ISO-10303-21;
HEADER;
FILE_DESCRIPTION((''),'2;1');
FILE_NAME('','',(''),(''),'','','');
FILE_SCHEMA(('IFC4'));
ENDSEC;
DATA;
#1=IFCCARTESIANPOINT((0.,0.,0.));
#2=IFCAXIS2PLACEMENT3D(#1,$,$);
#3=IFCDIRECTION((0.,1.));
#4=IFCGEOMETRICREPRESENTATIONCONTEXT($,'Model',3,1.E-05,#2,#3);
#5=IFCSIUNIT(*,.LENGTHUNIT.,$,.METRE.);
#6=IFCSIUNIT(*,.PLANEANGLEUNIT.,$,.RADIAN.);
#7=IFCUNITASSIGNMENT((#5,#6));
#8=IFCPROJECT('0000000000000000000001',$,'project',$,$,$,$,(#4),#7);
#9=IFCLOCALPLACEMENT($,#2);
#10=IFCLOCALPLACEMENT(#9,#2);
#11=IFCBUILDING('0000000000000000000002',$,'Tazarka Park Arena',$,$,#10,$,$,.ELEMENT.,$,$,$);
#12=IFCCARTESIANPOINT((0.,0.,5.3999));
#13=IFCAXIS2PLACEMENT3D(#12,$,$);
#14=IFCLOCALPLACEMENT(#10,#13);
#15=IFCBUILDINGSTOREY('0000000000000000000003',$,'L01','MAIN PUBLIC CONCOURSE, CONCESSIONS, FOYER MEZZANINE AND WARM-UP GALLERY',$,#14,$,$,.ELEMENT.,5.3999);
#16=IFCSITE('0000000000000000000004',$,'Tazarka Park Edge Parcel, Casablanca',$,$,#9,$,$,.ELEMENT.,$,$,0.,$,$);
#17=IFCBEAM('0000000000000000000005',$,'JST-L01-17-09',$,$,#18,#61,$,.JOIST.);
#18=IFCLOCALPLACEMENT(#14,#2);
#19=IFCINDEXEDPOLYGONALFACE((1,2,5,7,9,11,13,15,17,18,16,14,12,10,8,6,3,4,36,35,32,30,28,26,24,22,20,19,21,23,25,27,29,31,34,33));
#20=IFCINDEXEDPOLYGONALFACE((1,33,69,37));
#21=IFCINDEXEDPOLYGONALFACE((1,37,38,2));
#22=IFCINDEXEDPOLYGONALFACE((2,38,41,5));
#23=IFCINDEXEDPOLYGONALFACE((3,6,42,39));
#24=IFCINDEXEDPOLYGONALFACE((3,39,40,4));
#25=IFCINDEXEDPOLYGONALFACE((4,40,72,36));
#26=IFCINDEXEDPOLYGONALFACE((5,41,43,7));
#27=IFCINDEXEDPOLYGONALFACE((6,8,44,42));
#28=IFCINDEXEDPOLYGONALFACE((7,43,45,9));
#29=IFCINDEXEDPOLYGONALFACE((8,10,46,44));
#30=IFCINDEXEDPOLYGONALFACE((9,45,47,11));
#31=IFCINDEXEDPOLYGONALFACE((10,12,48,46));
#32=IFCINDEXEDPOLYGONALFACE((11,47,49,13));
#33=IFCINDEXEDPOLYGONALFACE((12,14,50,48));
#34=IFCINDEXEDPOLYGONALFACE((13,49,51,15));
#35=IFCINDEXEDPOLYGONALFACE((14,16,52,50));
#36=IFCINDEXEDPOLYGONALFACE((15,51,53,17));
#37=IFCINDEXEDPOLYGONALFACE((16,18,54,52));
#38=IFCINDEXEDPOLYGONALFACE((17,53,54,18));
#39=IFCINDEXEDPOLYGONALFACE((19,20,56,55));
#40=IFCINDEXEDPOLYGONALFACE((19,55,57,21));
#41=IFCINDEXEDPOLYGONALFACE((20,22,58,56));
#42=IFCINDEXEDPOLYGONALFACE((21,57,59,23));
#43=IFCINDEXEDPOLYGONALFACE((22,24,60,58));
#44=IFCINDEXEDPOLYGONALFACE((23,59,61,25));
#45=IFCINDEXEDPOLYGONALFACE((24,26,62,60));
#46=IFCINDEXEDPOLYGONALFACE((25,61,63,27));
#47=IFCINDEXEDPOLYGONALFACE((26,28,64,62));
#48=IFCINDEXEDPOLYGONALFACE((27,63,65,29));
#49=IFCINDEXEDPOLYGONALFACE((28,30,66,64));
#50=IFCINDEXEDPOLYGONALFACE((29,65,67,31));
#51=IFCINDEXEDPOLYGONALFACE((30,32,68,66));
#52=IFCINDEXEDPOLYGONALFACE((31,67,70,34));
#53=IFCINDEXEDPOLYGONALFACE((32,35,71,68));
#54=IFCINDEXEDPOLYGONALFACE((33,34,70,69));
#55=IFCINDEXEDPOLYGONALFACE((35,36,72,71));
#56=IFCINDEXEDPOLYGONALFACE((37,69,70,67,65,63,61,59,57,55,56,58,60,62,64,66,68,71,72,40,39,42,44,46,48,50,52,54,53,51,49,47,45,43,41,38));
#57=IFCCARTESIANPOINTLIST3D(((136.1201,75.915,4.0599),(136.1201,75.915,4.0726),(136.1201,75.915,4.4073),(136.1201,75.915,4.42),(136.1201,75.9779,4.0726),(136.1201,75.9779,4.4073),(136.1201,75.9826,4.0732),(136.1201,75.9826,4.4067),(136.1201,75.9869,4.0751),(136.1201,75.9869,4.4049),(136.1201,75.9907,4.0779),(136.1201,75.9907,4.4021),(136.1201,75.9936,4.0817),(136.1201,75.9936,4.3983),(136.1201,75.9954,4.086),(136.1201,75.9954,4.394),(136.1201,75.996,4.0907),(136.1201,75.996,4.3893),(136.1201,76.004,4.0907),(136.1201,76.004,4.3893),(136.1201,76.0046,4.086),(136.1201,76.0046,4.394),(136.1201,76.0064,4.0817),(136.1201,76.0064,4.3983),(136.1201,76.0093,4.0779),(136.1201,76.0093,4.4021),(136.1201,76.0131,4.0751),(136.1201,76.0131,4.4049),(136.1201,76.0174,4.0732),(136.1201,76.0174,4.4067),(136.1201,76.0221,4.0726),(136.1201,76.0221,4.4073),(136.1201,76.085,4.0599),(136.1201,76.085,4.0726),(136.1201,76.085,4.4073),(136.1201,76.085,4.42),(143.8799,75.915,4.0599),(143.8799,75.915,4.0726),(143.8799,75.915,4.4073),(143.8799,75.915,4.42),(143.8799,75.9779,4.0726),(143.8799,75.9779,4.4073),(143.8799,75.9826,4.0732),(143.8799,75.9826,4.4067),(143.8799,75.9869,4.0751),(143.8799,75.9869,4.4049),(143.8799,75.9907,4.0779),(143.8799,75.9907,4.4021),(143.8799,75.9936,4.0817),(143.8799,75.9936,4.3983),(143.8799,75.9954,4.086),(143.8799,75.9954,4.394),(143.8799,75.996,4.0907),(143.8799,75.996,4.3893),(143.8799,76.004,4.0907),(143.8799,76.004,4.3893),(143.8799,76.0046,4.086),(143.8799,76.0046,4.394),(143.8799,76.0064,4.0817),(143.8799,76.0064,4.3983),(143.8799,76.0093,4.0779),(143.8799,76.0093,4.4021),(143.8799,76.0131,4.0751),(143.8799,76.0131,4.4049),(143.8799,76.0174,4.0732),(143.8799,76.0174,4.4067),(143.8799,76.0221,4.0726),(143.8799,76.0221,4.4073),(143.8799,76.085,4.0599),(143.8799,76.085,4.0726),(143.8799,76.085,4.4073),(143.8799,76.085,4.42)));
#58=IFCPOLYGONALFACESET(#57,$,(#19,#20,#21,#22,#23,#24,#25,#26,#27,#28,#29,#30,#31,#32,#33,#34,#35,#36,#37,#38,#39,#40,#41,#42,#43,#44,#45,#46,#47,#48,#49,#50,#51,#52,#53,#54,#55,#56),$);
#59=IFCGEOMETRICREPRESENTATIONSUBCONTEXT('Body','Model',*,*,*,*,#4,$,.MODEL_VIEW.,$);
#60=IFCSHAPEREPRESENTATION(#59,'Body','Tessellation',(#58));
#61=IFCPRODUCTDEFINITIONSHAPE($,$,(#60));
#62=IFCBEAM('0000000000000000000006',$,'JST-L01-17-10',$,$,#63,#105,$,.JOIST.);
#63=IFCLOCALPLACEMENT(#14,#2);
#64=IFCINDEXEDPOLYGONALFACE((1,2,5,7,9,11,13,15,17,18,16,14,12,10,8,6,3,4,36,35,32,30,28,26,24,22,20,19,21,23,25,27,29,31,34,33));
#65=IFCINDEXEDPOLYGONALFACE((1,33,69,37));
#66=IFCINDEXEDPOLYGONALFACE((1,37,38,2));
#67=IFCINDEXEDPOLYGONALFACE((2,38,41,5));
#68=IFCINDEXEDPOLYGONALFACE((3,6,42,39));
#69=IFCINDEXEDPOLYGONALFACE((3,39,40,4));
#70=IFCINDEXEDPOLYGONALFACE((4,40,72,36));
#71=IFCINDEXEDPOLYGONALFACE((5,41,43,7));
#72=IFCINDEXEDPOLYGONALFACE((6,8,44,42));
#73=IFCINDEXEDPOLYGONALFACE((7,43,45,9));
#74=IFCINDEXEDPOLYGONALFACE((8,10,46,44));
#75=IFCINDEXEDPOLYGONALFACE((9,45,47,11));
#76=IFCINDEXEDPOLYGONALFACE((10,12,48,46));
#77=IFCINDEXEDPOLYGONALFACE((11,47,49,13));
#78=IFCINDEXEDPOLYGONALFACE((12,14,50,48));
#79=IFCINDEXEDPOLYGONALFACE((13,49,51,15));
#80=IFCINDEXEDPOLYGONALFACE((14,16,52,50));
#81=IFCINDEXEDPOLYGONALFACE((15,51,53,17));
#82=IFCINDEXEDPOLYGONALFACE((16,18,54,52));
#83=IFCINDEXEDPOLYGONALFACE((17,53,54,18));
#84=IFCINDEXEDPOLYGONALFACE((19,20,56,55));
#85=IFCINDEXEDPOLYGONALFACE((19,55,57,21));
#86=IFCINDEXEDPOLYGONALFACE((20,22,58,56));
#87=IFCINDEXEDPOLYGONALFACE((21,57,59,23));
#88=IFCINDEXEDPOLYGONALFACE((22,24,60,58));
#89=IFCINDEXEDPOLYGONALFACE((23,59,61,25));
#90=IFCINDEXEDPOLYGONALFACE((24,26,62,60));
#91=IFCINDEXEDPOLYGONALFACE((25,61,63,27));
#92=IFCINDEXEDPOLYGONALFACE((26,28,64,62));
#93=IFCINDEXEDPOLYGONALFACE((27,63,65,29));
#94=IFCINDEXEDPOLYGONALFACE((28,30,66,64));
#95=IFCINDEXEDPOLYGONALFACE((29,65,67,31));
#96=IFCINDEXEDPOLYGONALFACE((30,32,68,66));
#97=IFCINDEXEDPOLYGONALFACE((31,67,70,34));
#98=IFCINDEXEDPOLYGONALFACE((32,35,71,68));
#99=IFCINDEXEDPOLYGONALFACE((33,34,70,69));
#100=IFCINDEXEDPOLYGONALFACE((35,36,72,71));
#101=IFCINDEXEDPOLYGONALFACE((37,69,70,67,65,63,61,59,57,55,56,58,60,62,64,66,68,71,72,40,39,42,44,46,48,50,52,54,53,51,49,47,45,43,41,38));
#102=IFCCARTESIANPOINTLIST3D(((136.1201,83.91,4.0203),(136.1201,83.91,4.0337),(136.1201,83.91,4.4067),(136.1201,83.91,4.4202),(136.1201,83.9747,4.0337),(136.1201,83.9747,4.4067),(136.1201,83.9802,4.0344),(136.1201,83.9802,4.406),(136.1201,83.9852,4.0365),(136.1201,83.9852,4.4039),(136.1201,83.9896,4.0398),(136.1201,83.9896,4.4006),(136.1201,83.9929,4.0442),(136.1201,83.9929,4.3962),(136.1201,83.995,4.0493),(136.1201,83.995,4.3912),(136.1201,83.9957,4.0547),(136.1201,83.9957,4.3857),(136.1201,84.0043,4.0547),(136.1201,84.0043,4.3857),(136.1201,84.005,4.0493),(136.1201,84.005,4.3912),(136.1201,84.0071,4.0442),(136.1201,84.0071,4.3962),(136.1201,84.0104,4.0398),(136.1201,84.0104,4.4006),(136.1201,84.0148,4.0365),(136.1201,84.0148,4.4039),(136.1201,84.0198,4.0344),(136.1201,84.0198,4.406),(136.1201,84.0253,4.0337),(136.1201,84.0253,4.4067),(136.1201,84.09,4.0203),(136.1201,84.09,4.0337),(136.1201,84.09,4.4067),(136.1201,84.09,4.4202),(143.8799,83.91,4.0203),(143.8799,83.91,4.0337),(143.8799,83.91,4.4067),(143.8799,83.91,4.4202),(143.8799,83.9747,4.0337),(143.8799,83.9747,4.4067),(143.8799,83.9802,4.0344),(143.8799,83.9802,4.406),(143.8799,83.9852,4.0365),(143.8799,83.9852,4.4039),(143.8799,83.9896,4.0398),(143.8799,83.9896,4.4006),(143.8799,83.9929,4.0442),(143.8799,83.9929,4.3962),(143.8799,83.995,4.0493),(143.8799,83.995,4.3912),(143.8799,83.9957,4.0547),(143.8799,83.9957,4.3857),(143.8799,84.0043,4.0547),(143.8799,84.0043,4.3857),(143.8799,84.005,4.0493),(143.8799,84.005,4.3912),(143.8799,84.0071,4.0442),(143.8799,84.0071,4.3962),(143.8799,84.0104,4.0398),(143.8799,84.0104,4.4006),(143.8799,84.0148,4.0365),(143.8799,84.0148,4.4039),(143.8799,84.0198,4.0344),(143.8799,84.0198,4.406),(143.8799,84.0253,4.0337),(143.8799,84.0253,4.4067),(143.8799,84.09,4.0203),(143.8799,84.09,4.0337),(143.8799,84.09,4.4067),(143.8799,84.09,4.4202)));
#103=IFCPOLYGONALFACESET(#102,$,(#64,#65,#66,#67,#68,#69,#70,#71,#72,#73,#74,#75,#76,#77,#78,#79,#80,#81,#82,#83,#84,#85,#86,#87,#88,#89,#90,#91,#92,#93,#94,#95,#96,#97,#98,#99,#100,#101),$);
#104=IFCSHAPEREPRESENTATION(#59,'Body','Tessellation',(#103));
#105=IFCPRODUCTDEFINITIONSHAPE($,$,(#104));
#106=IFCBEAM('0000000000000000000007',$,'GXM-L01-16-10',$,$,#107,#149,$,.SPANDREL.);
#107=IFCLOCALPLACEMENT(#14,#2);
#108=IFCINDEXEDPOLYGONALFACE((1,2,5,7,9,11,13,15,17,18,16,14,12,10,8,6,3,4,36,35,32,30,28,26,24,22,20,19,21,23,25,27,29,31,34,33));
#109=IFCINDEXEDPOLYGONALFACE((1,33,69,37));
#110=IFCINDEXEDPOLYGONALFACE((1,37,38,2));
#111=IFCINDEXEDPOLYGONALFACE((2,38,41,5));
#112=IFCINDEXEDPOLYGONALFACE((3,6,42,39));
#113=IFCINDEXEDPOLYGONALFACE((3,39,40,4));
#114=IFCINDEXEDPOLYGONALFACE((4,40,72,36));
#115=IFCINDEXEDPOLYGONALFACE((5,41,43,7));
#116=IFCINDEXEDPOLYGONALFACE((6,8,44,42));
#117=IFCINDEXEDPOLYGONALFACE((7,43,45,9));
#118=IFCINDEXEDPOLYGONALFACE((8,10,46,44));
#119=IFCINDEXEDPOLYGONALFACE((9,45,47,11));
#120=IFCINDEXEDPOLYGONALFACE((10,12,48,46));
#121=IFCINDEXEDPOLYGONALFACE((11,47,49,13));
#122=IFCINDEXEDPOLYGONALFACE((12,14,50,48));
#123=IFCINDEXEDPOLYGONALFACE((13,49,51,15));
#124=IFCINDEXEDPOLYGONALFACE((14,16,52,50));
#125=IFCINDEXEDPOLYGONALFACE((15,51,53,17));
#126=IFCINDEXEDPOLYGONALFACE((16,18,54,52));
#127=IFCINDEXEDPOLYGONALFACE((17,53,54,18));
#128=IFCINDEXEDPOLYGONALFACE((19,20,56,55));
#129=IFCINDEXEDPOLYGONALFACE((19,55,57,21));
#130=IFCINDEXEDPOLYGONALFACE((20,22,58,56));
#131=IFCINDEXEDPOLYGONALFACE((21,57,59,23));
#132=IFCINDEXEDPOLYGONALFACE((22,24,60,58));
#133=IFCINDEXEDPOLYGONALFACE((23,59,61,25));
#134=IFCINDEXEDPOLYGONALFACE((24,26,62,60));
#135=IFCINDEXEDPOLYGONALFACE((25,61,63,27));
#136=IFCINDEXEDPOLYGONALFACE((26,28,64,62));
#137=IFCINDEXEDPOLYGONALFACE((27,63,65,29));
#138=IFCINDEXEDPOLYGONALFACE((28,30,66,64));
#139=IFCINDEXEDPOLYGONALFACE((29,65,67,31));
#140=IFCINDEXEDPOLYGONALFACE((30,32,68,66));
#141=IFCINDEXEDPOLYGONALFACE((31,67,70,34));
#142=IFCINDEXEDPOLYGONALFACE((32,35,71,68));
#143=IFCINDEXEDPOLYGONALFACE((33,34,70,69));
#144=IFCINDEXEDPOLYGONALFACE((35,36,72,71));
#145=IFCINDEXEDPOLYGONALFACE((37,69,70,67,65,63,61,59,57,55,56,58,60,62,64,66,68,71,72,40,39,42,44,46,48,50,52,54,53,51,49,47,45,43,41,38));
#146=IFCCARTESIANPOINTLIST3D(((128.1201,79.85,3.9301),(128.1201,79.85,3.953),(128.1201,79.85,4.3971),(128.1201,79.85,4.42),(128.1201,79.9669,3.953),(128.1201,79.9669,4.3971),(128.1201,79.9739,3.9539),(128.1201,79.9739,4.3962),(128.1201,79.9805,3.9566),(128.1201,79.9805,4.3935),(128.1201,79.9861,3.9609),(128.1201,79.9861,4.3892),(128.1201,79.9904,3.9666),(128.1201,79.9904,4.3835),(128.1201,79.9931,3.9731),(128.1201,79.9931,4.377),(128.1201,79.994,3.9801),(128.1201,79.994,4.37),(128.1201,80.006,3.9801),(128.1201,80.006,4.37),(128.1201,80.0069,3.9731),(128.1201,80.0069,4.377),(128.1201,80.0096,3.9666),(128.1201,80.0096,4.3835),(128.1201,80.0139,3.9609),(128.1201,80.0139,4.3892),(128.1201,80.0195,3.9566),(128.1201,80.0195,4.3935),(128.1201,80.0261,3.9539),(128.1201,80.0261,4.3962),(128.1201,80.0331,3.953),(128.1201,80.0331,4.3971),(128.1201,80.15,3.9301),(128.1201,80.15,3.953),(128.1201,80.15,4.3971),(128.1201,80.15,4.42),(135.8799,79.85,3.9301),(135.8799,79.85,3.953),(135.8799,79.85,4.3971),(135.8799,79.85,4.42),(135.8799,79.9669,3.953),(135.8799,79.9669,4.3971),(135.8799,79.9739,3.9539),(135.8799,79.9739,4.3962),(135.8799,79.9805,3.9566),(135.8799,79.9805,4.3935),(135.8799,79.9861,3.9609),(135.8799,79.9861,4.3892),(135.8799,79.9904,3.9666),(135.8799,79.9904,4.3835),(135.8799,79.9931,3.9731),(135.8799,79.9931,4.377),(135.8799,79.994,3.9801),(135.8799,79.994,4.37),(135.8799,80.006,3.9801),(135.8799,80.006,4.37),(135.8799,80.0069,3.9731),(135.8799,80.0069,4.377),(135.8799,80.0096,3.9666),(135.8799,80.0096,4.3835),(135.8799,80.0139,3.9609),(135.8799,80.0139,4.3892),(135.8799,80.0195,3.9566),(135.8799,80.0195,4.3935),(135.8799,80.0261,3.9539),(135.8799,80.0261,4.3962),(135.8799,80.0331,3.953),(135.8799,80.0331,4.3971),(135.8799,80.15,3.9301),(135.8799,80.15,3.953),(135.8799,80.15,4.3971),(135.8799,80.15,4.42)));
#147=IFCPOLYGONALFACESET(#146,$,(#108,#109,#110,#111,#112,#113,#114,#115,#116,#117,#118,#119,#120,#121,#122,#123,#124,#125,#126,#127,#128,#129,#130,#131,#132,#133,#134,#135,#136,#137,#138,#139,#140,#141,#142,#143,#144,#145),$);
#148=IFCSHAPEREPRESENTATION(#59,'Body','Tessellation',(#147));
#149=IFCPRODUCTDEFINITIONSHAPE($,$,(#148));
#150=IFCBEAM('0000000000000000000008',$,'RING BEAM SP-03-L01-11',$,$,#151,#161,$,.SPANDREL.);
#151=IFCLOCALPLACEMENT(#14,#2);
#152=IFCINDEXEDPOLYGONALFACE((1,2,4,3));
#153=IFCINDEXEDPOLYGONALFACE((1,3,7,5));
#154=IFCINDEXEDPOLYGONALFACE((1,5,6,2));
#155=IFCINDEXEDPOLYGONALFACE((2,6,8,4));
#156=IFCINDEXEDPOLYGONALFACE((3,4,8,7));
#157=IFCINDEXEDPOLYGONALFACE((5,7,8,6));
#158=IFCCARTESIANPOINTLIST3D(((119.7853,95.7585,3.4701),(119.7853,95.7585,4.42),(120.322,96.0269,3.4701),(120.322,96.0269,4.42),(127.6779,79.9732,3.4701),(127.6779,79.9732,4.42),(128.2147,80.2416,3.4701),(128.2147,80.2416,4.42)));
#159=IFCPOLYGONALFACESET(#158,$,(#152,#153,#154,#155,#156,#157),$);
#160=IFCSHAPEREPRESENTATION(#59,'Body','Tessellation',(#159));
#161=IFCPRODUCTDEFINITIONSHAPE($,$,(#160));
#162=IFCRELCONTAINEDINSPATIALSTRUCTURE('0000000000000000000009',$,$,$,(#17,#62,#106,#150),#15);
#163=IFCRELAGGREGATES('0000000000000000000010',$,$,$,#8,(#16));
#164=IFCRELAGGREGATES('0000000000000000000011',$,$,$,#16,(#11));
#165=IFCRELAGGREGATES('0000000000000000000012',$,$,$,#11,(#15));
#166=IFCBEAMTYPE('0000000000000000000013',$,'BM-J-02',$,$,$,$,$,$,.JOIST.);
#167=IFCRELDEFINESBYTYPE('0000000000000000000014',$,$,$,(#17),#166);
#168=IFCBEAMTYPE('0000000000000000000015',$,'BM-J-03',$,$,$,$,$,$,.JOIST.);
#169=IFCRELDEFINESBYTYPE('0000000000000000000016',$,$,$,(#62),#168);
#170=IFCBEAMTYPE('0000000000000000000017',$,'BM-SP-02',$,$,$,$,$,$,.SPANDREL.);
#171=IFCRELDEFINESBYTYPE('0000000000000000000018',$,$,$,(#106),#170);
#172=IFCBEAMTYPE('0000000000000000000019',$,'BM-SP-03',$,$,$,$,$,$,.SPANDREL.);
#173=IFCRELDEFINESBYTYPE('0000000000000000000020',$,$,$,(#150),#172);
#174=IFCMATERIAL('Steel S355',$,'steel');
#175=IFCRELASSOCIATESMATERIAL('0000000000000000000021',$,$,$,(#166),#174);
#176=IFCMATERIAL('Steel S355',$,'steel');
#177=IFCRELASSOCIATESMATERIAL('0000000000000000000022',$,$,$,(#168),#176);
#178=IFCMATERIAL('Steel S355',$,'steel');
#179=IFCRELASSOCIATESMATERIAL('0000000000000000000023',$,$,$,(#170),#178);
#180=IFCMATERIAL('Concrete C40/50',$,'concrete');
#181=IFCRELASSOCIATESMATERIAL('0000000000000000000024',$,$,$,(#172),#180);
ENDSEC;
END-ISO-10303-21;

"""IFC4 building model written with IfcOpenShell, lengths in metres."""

from ifc_helpers import new_model, si_unit, direction, frame, origin, origin_2d, place, context, subcontext, project, spatial, rectangle, i_section, extrude, material, material_profile, profile_set, type_object, element, save


model = new_model("IFC4")

# Units and contexts
model_context = context("Model", 3, precision=1e-05, world=origin(), true_north=direction((0.0, 1.0)))
body_context = subcontext(model_context, "Body", "Model", "MODEL_VIEW")
ifc_project = project(units=[si_unit("LENGTHUNIT", "METRE"), si_unit("PLANEANGLEUNIT", "RADIAN")], contexts=[model_context])

# Site, building, storey
site_placement = place(None, origin())
site = spatial("IfcSite", under=ifc_project, at=site_placement, Name="Tazarka Park Edge Parcel, Casablanca", CompositionType="ELEMENT", RefElevation=0.0)
building_placement = place(site_placement, origin())
building = spatial("IfcBuilding", under=site, at=building_placement, Name="Tazarka Park Arena", CompositionType="ELEMENT")
storey_placement = place(building_placement, frame((0.0, 0.0, 5.3999)))
storey = spatial("IfcBuildingStorey", under=building, at=storey_placement, Name="L01", Description="MAIN PUBLIC CONCOURSE, CONCESSIONS, FOYER MEZZANINE AND WARM-UP GALLERY", CompositionType="ELEMENT", Elevation=5.3999)

# Beams
ifc_material_1 = material(Name="Steel S355", Category="steel")
ifc_material_profile_1 = material_profile(ifc_material_1, i_section(OverallWidth=0.1699, OverallDepth=0.3601, WebThickness=0.0081, FlangeThickness=0.0127, FilletRadius=0.0181, at=origin_2d()), Name="Steel S355")
ifc_profile_set_1 = profile_set([ifc_material_profile_1], Name="Steel S355")
beam_type_1 = type_object("IfcBeamType", Name="BM-J-02", PredefinedType="JOIST", material=ifc_profile_set_1)
beam_1_placement = place(storey_placement, frame((136.1201, 76.0, 4.24), z_axis=(1.0, 0.0, 0.0), x_axis=(0.0, 1.0, 0.0)))
element("IfcBeam", 1, at=beam_1_placement, inside=storey, type_object=beam_type_1, Name="JST-L01-17-09", PredefinedType="JOIST", context=body_context, shape_type="SweptSolid", body=[
    extrude(i_section(OverallWidth=0.1699, OverallDepth=0.3601, WebThickness=0.0081, FlangeThickness=0.0127, FilletRadius=0.0181, at=origin_2d()), origin(), (0.0, 0.0, 1.0), 7.7598),
])
ifc_material_2 = material(Name="Steel S355", Category="steel")
ifc_material_profile_2 = material_profile(ifc_material_2, i_section(OverallWidth=0.1799, OverallDepth=0.3999, WebThickness=0.0085, FlangeThickness=0.0134, FilletRadius=0.021, at=origin_2d()), Name="Steel S355")
ifc_profile_set_2 = profile_set([ifc_material_profile_2], Name="Steel S355")
beam_type_2 = type_object("IfcBeamType", Name="BM-J-03", PredefinedType="JOIST", material=ifc_profile_set_2)
beam_2_placement = place(storey_placement, frame((136.1201, 84.0, 4.2202), z_axis=(1.0, 0.0, 0.0), x_axis=(0.0, 1.0, 0.0)))
element("IfcBeam", 2, at=beam_2_placement, inside=storey, type_object=beam_type_2, Name="JST-L01-17-10", PredefinedType="JOIST", context=body_context, shape_type="SweptSolid", body=[
    extrude(i_section(OverallWidth=0.1799, OverallDepth=0.3999, WebThickness=0.0085, FlangeThickness=0.0134, FilletRadius=0.021, at=origin_2d()), origin(), (0.0, 0.0, 1.0), 7.7598),
])
ifc_material_3 = material(Name="Steel S355", Category="steel")
ifc_material_profile_3 = material_profile(ifc_material_3, i_section(OverallWidth=0.3, OverallDepth=0.49, WebThickness=0.012, FlangeThickness=0.0229, FilletRadius=0.0271, at=origin_2d()), Name="Steel S355")
ifc_profile_set_3 = profile_set([ifc_material_profile_3], Name="Steel S355")
beam_type_3 = type_object("IfcBeamType", Name="BM-SP-02", PredefinedType="SPANDREL", material=ifc_profile_set_3)
beam_3_placement = place(storey_placement, frame((128.1201, 80.0, 4.175), z_axis=(1.0, 0.0, 0.0), x_axis=(0.0, 1.0, 0.0)))
element("IfcBeam", 3, at=beam_3_placement, inside=storey, type_object=beam_type_3, Name="GXM-L01-16-10", PredefinedType="SPANDREL", context=body_context, shape_type="SweptSolid", body=[
    extrude(i_section(OverallWidth=0.3, OverallDepth=0.49, WebThickness=0.012, FlangeThickness=0.0229, FilletRadius=0.0271, at=origin_2d()), origin(), (0.0, 0.0, 1.0), 7.7598),
])
ifc_material_4 = material(Name="Concrete C40/50", Category="concrete")
ifc_material_profile_4 = material_profile(ifc_material_4, rectangle(XDim=0.6001, YDim=0.95, at=origin_2d()), Name="Concrete C40/50")
ifc_profile_set_4 = profile_set([ifc_material_profile_4], Name="Concrete C40/50")
beam_type_4 = type_object("IfcBeamType", Name="BM-SP-03", PredefinedType="SPANDREL", material=ifc_profile_set_4)
beam_4_placement = place(storey_placement, frame((127.9463, 80.1074, 3.9451), z_axis=(-0.447214, 0.894427, 0.0), x_axis=(-0.894427, -0.447214, 0.0)))
element("IfcBeam", 4, at=beam_4_placement, inside=storey, type_object=beam_type_4, Name="RING BEAM SP-03-L01-11", PredefinedType="SPANDREL", context=body_context, shape_type="SweptSolid", body=[
    extrude(rectangle(XDim=0.6001, YDim=0.95, at=origin_2d()), origin(), (0.0, 0.0, 1.0), 17.6484),
])

save(model, "model.ifc")
